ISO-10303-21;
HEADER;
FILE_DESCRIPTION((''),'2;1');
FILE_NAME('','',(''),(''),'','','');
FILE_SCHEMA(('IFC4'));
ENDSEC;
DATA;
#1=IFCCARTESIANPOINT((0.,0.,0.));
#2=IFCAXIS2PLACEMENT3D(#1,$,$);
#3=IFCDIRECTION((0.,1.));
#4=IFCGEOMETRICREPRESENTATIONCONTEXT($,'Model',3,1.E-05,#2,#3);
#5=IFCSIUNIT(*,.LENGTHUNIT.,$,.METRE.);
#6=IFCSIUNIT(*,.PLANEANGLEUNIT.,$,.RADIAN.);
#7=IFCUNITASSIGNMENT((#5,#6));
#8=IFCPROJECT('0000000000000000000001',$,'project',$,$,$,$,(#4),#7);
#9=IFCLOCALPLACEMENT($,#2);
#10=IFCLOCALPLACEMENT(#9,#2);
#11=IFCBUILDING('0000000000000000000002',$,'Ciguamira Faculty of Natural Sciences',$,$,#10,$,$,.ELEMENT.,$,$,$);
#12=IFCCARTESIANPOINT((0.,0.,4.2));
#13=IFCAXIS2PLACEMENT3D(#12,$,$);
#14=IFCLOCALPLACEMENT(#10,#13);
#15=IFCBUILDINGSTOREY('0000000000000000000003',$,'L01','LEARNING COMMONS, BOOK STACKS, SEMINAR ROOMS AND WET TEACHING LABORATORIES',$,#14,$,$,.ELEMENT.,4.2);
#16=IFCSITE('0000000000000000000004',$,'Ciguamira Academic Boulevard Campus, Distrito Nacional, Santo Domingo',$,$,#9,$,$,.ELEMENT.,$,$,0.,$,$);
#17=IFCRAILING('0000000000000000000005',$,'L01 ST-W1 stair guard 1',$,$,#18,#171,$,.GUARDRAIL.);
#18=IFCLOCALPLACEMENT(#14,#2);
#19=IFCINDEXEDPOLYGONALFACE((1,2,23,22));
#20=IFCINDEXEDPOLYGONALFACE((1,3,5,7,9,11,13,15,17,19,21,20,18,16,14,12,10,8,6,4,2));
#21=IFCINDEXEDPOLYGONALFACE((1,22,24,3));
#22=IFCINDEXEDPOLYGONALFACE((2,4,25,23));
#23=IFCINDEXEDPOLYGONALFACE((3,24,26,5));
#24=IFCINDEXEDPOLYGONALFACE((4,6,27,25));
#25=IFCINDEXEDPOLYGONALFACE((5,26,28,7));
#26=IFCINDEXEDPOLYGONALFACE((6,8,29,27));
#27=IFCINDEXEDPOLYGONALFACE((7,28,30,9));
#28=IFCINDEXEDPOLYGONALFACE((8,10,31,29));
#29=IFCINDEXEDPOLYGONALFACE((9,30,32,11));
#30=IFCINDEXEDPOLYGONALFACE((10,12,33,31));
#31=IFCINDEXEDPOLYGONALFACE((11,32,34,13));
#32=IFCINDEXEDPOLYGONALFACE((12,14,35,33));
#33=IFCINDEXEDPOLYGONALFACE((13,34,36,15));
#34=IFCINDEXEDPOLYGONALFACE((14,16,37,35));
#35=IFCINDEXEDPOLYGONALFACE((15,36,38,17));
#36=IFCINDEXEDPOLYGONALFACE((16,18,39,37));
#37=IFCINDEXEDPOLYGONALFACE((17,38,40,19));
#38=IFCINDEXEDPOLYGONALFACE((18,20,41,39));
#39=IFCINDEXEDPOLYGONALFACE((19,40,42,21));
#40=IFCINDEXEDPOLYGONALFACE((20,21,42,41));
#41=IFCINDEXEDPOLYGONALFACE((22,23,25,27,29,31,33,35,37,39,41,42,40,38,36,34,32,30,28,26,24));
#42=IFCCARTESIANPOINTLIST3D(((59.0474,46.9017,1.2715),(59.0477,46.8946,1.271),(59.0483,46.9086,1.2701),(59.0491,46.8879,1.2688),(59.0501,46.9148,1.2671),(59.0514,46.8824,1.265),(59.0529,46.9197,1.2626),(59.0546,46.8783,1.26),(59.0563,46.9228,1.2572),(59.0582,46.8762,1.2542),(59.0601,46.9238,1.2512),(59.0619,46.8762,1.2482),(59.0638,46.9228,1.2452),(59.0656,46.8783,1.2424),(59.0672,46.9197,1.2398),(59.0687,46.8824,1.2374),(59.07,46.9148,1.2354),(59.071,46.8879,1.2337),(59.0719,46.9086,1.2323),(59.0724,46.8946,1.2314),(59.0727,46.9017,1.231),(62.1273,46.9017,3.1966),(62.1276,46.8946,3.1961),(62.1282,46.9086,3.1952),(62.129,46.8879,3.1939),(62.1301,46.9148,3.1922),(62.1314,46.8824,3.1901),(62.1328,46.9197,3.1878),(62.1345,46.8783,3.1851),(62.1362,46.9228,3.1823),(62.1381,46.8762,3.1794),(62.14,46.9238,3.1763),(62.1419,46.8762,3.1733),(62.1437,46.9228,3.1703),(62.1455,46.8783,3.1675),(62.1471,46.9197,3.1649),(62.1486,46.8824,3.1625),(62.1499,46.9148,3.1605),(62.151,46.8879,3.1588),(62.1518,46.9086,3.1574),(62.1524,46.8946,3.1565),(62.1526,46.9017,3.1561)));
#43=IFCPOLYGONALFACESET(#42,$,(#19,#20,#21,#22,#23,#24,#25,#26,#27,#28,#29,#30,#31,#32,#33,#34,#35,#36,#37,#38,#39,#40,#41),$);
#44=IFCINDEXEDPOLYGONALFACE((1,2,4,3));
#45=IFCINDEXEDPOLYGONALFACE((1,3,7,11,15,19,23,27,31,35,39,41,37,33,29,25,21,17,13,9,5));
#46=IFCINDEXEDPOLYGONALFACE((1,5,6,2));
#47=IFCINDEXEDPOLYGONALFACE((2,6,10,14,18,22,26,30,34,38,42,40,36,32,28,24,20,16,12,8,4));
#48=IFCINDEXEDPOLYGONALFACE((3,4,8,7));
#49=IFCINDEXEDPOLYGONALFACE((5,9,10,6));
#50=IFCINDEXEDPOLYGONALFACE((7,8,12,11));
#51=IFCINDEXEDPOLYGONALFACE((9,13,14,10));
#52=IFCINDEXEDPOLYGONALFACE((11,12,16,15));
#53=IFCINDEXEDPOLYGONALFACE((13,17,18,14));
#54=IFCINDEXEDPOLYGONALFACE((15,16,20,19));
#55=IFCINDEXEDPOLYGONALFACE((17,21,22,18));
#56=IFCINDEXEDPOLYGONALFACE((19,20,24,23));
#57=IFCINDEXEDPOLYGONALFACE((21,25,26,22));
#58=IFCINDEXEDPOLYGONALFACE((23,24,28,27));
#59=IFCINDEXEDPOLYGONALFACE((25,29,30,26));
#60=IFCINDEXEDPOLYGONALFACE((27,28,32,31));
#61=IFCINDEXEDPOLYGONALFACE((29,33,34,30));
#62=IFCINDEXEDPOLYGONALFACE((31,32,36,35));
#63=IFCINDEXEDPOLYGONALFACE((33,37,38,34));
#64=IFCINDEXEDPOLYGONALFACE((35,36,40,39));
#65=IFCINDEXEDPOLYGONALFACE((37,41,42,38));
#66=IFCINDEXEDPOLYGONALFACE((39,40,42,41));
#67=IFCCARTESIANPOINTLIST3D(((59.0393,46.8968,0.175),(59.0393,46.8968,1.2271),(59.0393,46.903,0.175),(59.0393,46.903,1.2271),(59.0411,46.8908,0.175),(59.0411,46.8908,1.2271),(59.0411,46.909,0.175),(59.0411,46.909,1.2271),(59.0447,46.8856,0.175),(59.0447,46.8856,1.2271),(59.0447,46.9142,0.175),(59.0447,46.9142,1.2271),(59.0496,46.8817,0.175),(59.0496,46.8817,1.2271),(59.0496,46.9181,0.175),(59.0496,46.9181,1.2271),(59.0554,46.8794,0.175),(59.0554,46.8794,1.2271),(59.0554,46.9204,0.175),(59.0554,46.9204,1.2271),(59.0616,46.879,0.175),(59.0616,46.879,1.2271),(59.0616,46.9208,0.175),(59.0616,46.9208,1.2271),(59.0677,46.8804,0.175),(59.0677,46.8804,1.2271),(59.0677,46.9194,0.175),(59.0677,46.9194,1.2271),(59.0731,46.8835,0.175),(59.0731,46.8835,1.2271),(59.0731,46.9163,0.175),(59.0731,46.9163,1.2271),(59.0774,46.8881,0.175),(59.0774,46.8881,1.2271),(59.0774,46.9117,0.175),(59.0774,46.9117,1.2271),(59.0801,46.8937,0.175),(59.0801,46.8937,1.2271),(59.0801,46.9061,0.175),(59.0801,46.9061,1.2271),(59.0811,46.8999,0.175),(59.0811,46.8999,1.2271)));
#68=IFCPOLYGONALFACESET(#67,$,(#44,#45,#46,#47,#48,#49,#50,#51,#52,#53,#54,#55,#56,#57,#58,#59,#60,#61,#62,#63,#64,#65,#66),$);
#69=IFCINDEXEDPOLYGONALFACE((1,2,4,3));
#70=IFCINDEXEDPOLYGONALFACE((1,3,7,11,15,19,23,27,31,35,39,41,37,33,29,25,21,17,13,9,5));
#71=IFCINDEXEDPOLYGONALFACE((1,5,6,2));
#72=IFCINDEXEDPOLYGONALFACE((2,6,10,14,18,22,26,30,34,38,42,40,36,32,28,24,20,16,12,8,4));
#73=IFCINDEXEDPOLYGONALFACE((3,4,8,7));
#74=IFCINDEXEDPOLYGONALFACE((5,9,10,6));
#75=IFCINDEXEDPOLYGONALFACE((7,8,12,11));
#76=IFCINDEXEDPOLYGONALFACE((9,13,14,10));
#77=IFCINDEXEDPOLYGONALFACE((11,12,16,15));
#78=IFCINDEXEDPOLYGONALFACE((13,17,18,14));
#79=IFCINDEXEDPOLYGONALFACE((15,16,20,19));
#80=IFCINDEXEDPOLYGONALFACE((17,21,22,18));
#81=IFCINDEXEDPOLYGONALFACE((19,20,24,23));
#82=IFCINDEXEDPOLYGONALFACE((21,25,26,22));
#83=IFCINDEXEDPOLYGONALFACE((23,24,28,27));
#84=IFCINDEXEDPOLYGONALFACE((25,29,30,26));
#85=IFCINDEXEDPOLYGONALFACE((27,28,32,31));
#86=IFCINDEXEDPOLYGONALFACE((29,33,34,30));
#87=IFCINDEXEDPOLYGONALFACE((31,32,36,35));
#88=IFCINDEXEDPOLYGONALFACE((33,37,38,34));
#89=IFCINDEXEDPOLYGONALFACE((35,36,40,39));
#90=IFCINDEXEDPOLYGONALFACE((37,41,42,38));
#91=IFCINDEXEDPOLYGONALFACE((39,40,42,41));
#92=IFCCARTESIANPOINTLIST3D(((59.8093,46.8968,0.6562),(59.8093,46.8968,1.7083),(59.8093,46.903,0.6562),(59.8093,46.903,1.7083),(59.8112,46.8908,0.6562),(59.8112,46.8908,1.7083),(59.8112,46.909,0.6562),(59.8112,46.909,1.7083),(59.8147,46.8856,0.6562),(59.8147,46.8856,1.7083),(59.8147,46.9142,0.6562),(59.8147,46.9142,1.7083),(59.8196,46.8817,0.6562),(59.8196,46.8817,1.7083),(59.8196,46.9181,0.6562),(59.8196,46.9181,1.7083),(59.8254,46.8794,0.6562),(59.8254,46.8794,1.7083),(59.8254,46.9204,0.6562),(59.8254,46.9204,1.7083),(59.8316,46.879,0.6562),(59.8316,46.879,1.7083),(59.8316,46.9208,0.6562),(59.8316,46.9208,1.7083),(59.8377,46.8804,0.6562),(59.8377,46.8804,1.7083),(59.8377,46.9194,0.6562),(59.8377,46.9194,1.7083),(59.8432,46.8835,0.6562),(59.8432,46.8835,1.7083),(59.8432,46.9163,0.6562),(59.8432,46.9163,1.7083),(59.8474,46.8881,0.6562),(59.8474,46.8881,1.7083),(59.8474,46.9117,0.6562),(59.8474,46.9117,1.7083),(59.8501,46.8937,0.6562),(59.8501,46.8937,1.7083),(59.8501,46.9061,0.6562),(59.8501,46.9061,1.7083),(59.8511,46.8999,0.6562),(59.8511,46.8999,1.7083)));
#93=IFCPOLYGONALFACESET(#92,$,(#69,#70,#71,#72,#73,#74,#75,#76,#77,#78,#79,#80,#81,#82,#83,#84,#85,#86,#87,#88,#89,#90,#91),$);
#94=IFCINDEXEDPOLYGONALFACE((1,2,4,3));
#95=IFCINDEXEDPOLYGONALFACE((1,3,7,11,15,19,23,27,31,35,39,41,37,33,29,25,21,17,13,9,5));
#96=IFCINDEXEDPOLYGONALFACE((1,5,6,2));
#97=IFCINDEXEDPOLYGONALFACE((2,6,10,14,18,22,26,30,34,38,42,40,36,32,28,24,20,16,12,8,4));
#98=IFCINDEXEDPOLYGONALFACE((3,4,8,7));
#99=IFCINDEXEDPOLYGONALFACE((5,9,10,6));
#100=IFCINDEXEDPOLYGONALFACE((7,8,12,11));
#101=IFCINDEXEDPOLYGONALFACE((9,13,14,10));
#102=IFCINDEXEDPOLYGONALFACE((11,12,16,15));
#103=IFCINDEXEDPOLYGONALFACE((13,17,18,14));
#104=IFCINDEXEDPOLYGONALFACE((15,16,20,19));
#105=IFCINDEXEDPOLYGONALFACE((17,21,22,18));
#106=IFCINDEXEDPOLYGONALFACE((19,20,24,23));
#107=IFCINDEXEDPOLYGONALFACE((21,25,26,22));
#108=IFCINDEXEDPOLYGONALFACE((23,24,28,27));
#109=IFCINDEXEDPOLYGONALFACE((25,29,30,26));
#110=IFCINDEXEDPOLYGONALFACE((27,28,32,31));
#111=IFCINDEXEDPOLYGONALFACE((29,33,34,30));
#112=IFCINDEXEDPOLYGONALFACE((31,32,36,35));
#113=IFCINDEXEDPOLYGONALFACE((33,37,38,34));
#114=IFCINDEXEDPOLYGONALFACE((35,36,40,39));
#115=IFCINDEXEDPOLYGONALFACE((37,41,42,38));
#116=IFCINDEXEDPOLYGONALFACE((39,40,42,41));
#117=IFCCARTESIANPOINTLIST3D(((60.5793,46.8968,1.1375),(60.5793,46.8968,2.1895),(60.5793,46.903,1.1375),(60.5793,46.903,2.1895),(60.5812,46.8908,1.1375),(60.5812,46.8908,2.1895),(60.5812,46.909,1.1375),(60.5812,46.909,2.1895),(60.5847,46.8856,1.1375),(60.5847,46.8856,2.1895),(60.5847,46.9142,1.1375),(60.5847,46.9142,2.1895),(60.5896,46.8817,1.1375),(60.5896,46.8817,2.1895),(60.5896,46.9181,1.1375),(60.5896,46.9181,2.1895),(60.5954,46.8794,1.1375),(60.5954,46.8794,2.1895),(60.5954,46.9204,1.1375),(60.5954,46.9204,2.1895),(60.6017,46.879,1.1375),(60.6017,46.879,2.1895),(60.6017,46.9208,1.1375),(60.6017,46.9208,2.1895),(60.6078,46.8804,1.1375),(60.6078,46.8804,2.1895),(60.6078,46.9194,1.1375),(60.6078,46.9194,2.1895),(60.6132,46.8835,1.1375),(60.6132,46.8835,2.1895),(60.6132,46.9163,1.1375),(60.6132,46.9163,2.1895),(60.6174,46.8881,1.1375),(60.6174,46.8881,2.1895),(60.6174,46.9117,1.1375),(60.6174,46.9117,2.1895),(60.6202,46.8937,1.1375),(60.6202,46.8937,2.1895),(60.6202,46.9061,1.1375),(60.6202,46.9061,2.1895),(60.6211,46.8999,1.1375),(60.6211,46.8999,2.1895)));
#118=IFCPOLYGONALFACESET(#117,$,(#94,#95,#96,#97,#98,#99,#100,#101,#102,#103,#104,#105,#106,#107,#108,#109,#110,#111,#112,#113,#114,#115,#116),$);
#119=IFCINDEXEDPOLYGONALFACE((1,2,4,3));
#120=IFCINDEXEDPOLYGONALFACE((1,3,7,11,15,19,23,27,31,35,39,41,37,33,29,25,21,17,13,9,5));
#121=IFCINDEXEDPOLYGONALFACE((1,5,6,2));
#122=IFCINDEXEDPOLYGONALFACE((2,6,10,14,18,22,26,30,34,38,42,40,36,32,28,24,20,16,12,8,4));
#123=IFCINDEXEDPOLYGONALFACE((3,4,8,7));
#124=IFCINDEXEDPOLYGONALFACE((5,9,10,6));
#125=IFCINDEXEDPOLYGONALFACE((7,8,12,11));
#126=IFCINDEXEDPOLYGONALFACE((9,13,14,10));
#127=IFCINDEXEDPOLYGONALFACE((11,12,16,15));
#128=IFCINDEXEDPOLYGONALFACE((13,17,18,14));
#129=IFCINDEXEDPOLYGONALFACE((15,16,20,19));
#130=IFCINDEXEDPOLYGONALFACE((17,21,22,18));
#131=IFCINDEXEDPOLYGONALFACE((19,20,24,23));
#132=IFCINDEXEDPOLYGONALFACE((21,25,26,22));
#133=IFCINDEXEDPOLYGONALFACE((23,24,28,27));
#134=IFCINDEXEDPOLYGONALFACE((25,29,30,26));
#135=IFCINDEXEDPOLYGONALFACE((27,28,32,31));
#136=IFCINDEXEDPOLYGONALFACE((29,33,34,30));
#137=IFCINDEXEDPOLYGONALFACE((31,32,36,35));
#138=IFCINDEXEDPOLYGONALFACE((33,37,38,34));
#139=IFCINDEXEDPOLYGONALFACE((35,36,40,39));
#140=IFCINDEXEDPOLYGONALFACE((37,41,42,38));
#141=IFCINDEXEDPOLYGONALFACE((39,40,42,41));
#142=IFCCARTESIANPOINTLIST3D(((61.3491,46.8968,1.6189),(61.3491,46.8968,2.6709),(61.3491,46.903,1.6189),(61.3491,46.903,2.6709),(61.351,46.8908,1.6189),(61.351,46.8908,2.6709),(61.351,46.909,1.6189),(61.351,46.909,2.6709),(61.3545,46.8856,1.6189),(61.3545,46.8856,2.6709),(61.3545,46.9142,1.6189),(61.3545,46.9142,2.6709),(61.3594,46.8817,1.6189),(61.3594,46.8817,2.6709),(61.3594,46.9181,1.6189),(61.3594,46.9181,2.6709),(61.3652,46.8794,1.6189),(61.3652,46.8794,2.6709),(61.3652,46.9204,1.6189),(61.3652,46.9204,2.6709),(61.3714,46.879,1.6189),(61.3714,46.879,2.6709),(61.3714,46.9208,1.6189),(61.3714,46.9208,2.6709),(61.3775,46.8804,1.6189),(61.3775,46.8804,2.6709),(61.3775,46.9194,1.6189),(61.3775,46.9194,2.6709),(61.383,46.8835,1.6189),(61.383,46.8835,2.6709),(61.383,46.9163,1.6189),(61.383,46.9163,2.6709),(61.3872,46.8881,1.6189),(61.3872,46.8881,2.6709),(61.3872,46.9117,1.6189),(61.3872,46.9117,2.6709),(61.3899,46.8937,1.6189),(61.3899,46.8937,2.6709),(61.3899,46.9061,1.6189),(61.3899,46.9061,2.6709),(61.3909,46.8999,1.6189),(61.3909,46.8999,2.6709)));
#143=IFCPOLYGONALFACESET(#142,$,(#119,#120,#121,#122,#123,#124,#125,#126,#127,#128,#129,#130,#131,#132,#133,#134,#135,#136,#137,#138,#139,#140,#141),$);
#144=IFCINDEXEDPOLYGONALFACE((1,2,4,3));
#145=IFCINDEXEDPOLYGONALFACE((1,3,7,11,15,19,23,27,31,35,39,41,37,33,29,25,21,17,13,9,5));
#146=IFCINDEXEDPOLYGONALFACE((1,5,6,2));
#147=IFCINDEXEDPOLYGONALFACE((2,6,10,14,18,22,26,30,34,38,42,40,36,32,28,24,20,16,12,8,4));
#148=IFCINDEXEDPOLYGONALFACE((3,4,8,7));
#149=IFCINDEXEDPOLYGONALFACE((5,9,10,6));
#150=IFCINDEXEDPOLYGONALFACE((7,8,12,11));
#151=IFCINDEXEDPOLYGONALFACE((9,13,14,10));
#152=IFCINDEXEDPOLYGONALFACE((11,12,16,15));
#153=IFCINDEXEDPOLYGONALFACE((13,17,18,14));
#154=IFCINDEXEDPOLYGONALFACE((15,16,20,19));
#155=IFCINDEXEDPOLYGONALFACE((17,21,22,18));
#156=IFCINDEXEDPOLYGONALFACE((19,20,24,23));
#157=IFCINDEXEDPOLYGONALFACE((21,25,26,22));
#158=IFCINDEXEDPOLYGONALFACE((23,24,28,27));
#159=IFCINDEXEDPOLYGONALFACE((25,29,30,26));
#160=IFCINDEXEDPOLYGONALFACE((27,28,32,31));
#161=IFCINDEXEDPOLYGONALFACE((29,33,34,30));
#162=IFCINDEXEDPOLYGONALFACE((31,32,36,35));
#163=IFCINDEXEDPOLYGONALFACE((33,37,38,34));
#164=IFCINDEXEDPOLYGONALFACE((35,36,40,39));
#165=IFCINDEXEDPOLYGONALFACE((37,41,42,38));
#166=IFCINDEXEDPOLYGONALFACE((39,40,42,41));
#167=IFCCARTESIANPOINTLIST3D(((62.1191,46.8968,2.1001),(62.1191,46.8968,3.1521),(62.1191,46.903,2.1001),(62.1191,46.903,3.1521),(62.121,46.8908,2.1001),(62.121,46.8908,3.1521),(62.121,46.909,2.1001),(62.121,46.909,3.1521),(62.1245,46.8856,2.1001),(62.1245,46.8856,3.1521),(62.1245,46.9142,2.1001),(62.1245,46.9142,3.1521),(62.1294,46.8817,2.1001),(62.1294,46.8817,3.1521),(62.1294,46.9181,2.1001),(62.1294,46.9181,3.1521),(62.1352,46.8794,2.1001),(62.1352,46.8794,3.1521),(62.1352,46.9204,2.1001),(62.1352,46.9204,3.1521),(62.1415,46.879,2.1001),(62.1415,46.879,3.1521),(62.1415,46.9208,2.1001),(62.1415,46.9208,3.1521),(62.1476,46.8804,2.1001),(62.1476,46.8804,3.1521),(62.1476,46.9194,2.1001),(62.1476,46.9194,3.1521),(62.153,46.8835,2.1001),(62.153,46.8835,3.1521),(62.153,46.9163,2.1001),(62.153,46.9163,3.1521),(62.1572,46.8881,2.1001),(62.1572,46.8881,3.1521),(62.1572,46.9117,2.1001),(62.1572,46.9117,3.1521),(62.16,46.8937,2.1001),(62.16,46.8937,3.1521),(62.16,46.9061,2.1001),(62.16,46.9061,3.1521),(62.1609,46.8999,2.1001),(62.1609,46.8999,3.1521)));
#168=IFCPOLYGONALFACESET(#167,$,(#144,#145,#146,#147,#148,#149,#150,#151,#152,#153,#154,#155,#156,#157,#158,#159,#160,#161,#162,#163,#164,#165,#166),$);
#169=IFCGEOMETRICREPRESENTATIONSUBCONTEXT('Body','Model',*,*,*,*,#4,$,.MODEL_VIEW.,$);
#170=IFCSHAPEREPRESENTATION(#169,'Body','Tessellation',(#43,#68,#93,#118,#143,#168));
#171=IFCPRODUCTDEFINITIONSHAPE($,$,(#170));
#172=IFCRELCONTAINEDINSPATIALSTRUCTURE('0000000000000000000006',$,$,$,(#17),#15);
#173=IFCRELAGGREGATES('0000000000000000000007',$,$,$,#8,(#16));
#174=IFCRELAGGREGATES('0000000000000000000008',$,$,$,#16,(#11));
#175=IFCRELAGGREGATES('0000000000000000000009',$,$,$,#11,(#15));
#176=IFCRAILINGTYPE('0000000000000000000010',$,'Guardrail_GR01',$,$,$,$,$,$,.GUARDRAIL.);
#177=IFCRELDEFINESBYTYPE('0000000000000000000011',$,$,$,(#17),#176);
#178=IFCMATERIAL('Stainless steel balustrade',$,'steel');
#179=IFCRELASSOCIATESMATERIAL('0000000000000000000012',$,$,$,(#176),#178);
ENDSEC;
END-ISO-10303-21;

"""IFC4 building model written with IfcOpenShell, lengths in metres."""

from ifc_helpers import new_model, si_unit, direction, frame, origin, origin_2d, place, context, subcontext, project, spatial, circle, extrude, material, type_object, element, save


model = new_model("IFC4")

# Units and contexts
model_context = context("Model", 3, precision=1e-05, world=origin(), true_north=direction((0.0, 1.0)))
body_context = subcontext(model_context, "Body", "Model", "MODEL_VIEW")
ifc_project = project(units=[si_unit("LENGTHUNIT", "METRE"), si_unit("PLANEANGLEUNIT", "RADIAN")], contexts=[model_context])

# Site, building, storey
site_placement = place(None, origin())
site = spatial("IfcSite", under=ifc_project, at=site_placement, Name="Ciguamira Academic Boulevard Campus, Distrito Nacional, Santo Domingo", CompositionType="ELEMENT", RefElevation=0.0)
building_placement = place(site_placement, origin())
building = spatial("IfcBuilding", under=site, at=building_placement, Name="Ciguamira Faculty of Natural Sciences", CompositionType="ELEMENT")
storey_placement = place(building_placement, frame((0.0, 0.0, 4.2)))
storey = spatial("IfcBuildingStorey", under=building, at=storey_placement, Name="L01", Description="LEARNING COMMONS, BOOK STACKS, SEMINAR ROOMS AND WET TEACHING LABORATORIES", CompositionType="ELEMENT", Elevation=4.2)

# Railing
ifc_material_1 = material(Name="Stainless steel balustrade", Category="steel")
railing_type_1 = type_object("IfcRailingType", Name="Guardrail_GR01", PredefinedType="GUARDRAIL", material=ifc_material_1)
railing_1_placement = place(storey_placement, frame((59.0601, 46.8999, 0.175)))
element("IfcRailing", 1, at=railing_1_placement, inside=storey, type_object=railing_type_1, Name="L01 ST-W1 stair guard 1", PredefinedType="GUARDRAIL", context=body_context, shape_type="SweptSolid", body=[
    extrude(circle(Radius=0.0239, at=origin_2d()), frame((0.0, 0.0, 1.0762), z_axis=(0.847979, 0.0, 0.530029), x_axis=(0.0, 1.0, 0.0)), (0.0, 0.0, 1.0), 3.6321),
    extrude(circle(Radius=0.021, at=origin_2d()), origin(), (0.0, 0.0, 1.0), 1.052),
    extrude(circle(Radius=0.021, at=origin_2d()), frame((0.77, 0.0, 0.4812)), (0.0, 0.0, 1.0), 1.052),
    extrude(circle(Radius=0.021, at=origin_2d()), frame((1.54, 0.0, 0.9624)), (0.0, 0.0, 1.0), 1.052),
    extrude(circle(Radius=0.021, at=origin_2d()), frame((2.3098, 0.0, 1.4438)), (0.0, 0.0, 1.0), 1.052),
    extrude(circle(Radius=0.021, at=origin_2d()), frame((3.0798, 0.0, 1.925)), (0.0, 0.0, 1.0), 1.052),
])

save(model, "model.ifc")
